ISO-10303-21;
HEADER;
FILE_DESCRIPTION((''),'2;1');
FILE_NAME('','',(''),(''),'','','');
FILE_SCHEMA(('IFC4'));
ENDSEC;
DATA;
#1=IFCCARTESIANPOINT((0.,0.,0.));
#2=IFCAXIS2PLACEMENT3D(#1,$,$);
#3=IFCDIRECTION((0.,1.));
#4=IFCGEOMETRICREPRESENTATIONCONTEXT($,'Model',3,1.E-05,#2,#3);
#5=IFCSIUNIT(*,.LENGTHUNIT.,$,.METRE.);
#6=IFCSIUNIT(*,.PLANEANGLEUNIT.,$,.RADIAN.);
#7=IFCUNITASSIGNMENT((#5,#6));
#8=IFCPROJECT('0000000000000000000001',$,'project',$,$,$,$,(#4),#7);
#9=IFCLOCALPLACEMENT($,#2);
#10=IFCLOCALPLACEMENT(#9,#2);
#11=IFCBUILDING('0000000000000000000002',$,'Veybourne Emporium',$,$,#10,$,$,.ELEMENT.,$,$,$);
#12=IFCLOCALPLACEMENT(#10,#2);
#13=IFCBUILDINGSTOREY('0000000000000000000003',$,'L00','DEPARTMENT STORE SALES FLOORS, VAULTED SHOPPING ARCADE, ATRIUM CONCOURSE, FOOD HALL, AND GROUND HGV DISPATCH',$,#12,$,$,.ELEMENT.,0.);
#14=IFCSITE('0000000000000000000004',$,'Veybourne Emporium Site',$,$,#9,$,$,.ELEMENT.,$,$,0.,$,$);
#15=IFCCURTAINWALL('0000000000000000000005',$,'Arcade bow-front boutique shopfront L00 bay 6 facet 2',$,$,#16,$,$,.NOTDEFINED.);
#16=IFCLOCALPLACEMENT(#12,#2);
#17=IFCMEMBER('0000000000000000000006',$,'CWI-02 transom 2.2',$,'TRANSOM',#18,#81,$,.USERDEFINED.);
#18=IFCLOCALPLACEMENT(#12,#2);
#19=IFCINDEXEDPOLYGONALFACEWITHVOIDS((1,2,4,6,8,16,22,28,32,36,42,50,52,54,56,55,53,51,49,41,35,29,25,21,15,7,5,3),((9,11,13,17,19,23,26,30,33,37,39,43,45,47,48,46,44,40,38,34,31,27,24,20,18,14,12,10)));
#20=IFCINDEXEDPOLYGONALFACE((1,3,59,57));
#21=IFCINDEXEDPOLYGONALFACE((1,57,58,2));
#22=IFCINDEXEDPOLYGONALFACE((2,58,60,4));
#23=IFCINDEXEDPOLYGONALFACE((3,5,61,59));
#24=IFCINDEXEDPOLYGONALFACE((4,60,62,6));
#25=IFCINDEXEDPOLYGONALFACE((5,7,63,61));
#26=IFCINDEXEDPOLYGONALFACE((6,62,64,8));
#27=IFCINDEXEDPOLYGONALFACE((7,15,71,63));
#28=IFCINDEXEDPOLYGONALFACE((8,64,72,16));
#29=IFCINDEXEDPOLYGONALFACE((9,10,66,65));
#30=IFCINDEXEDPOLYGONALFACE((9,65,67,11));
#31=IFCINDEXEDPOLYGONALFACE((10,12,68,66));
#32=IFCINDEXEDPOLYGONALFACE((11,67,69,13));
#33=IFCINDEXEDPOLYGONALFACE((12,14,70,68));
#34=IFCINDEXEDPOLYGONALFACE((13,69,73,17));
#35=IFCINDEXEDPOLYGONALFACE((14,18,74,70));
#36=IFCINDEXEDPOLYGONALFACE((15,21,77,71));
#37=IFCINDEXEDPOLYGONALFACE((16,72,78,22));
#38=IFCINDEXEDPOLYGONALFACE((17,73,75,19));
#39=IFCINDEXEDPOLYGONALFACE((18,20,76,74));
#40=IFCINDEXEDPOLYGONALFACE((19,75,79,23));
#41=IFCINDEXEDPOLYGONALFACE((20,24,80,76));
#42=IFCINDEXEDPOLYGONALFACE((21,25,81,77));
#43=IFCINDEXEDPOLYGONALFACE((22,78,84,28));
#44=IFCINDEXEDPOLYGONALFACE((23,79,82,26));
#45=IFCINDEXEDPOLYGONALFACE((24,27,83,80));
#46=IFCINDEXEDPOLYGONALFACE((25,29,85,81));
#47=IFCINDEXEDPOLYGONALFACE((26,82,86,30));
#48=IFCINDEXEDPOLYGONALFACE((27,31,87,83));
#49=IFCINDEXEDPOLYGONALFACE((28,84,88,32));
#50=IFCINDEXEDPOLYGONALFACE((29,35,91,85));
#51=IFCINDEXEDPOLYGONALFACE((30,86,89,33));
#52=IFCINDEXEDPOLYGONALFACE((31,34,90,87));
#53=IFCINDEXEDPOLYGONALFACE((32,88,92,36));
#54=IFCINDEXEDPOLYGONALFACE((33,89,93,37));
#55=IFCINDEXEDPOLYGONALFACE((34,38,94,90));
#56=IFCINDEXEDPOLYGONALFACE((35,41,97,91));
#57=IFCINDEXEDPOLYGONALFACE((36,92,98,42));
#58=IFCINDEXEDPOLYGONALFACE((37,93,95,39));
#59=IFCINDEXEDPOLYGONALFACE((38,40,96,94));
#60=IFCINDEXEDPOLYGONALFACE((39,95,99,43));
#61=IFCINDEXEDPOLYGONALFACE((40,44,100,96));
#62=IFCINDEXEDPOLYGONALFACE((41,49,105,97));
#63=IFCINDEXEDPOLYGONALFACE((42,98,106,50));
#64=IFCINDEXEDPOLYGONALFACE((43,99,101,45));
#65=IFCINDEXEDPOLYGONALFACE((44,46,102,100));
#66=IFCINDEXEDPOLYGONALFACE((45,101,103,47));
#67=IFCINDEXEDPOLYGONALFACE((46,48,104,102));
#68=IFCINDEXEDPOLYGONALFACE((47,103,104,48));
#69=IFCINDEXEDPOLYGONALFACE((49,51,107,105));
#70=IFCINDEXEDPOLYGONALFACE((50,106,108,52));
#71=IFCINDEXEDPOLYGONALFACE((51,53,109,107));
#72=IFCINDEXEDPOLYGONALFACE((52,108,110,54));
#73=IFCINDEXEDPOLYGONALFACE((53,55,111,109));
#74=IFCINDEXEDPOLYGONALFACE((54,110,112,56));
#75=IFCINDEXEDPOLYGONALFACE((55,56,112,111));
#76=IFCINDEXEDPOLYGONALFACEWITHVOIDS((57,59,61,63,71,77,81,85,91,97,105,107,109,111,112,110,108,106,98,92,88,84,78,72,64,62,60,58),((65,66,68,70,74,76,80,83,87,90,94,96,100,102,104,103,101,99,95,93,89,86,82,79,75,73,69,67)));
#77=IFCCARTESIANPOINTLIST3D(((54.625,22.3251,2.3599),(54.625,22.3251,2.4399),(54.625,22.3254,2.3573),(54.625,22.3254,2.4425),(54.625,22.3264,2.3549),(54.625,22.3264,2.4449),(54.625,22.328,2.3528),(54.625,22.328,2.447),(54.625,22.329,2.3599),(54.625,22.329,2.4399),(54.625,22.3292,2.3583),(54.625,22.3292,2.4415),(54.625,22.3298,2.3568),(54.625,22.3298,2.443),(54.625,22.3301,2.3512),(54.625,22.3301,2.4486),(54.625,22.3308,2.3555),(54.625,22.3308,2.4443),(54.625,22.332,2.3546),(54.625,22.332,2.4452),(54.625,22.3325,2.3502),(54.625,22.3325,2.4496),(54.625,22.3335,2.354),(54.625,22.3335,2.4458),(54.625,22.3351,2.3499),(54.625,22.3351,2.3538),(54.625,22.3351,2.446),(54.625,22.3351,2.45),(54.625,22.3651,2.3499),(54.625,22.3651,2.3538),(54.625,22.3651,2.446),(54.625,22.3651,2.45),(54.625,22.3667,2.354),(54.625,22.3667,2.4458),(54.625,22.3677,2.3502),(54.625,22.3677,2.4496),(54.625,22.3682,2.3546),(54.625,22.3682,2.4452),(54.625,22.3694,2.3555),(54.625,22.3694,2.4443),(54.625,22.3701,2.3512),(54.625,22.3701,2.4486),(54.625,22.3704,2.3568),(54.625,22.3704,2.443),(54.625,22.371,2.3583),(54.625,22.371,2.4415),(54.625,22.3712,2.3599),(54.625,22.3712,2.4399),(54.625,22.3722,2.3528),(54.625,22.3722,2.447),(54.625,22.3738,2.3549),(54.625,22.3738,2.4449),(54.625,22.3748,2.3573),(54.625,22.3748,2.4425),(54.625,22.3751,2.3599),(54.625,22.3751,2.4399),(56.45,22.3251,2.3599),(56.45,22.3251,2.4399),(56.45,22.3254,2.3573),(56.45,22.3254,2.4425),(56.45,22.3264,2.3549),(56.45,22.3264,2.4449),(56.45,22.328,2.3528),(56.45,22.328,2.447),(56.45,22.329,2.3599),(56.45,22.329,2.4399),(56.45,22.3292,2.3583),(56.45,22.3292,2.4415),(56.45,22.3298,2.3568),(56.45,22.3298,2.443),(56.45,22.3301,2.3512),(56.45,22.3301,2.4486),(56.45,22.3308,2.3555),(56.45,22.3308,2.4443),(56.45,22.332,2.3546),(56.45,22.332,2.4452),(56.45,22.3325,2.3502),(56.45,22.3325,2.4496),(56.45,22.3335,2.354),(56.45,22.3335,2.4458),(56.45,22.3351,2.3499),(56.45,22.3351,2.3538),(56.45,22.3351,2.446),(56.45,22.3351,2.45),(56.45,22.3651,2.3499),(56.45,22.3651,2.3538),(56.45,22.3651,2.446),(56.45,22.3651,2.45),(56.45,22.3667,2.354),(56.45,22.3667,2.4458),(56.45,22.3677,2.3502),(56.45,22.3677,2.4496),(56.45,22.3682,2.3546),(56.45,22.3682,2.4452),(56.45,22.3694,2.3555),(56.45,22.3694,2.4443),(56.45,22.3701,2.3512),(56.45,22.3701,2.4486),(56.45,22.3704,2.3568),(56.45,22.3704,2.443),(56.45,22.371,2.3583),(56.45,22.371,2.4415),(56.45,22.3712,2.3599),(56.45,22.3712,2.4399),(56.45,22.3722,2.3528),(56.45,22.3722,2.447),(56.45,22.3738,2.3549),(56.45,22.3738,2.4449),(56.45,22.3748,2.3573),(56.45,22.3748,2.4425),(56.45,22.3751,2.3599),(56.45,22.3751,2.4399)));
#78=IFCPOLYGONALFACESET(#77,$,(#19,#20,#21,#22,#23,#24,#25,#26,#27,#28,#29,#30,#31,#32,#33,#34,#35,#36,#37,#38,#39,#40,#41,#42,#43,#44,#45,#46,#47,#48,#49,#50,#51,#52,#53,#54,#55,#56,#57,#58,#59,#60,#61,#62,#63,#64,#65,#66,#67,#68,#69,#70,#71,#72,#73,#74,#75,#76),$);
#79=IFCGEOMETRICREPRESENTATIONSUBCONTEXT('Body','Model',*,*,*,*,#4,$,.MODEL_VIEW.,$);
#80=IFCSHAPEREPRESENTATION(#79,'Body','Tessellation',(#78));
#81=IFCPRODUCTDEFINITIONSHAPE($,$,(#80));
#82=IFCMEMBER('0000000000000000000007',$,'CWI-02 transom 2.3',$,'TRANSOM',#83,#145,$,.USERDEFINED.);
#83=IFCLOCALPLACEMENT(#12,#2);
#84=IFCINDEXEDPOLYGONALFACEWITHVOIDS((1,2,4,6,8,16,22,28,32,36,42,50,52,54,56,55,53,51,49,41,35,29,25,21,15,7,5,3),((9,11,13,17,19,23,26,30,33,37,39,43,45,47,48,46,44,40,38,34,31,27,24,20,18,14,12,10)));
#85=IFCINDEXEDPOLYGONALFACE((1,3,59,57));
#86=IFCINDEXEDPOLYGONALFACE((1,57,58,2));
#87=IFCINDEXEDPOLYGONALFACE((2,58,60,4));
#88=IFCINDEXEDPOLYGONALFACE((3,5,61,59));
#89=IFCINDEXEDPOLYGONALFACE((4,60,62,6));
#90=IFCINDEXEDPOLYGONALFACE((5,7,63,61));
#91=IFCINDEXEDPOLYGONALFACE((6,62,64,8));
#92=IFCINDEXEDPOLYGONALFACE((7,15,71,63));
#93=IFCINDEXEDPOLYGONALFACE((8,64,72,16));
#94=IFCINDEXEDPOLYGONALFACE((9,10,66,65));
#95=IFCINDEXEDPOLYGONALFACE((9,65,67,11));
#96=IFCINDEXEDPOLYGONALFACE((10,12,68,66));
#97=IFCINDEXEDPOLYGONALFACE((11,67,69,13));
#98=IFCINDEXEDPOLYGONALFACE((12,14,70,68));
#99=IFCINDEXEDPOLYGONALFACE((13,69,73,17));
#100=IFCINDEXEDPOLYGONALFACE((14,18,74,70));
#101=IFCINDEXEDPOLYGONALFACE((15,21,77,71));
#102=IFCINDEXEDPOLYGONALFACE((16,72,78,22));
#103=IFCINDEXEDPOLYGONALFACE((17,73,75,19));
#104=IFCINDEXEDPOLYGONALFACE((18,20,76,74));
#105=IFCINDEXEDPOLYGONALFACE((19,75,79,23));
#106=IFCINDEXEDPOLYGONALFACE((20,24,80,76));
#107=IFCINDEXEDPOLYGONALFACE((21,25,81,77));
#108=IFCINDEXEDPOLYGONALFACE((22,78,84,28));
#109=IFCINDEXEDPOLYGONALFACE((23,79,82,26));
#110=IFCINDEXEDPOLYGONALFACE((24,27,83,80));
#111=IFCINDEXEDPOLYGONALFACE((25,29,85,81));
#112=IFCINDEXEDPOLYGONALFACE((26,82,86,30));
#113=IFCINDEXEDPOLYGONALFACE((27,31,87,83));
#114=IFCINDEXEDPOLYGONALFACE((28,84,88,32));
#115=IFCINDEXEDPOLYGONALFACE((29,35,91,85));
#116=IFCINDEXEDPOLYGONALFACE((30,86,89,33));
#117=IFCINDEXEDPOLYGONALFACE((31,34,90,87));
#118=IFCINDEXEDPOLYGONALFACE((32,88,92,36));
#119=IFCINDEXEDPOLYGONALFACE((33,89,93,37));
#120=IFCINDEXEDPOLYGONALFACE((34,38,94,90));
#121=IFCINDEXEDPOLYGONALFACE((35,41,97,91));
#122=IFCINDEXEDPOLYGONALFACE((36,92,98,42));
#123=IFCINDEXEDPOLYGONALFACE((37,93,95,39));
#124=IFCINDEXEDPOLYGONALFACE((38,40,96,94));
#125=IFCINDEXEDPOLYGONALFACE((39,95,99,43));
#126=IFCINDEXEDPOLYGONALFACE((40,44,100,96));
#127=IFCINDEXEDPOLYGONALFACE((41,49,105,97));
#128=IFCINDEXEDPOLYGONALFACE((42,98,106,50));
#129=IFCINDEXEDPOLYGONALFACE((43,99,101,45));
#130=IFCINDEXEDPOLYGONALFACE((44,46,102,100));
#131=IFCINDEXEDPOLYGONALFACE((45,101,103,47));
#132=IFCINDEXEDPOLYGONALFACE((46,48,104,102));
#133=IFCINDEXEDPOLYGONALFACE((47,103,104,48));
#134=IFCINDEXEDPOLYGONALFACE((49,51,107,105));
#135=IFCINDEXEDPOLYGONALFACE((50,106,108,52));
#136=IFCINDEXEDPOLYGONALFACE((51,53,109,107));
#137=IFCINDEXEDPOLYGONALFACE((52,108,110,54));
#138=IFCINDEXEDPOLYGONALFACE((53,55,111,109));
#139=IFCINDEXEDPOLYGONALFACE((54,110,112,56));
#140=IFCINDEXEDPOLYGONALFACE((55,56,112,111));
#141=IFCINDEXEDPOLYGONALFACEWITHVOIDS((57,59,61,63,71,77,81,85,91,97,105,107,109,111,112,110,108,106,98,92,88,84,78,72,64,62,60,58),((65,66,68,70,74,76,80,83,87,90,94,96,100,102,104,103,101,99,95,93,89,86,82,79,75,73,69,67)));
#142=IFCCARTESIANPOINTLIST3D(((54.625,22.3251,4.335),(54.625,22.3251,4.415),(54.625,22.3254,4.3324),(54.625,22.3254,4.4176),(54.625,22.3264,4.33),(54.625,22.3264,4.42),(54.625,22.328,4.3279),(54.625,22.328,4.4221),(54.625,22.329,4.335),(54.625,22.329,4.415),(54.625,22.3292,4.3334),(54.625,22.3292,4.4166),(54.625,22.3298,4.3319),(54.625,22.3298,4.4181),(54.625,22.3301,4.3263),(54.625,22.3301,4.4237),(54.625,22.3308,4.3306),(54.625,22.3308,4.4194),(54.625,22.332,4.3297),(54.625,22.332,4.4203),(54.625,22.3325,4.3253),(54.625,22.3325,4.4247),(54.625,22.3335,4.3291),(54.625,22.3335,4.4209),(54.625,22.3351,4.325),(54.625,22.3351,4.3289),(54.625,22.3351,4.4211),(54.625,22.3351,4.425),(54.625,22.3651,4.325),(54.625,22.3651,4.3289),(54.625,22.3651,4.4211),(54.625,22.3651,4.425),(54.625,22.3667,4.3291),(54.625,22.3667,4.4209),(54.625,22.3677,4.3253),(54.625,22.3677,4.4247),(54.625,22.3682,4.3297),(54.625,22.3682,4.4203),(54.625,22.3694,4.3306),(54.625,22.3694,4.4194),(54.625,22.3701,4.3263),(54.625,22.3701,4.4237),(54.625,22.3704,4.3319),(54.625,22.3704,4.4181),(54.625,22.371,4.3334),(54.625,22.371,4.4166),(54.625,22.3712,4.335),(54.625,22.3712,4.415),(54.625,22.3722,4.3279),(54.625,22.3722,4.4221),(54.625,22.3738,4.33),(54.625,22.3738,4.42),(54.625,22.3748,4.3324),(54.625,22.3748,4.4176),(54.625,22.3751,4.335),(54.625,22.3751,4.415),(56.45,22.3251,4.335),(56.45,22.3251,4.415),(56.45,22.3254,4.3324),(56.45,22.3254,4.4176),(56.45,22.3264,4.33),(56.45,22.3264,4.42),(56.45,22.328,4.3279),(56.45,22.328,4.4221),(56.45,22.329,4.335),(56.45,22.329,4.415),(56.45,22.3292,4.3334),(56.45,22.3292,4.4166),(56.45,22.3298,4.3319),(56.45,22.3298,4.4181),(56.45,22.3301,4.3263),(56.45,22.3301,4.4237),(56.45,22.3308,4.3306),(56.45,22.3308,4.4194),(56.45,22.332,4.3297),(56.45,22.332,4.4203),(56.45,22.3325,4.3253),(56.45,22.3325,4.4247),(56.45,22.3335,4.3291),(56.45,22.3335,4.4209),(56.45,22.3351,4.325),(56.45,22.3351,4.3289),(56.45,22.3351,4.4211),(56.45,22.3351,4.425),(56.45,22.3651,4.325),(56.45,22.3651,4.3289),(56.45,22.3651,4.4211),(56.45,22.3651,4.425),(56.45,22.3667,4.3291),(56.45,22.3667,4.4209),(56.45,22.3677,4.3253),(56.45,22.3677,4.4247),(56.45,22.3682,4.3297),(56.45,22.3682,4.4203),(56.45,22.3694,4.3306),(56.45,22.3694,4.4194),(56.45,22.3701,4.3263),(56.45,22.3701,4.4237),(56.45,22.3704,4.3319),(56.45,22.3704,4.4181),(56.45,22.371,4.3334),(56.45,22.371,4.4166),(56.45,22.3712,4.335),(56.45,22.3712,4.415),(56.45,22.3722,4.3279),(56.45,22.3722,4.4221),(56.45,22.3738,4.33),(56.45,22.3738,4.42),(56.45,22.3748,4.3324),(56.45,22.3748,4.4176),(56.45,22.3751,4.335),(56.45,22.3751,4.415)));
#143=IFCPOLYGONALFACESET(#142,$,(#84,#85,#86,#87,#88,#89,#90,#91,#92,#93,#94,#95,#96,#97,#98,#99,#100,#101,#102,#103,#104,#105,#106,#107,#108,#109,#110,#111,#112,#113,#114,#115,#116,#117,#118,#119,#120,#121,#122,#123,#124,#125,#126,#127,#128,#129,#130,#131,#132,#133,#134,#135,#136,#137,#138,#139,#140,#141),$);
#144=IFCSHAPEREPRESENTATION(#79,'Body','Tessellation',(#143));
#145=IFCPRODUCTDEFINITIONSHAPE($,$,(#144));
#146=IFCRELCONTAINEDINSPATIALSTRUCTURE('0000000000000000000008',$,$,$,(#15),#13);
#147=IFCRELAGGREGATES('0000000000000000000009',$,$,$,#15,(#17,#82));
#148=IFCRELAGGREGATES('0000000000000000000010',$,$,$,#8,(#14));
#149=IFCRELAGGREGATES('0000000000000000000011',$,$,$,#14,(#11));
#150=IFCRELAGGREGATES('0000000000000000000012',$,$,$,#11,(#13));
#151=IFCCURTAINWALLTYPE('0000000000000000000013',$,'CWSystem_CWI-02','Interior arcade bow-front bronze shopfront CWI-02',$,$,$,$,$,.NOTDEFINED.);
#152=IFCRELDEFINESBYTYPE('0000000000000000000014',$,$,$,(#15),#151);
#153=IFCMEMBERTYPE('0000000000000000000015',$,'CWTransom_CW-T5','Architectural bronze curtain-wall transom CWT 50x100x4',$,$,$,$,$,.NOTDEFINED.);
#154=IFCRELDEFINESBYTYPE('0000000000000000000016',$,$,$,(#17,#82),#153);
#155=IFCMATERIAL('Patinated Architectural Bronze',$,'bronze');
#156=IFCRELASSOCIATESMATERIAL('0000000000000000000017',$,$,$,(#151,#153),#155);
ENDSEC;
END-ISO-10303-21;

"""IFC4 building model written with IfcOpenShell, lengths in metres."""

from ifc_helpers import new_model, si_unit, direction, frame, origin, origin_2d, place, context, subcontext, project, spatial, hollow_rectangle, extrude, material, material_profile, profile_set, type_object, element, aggregate, save


model = new_model("IFC4")

# Units and contexts
model_context = context("Model", 3, precision=1e-05, world=origin(), true_north=direction((0.0, 1.0)))
body_context = subcontext(model_context, "Body", "Model", "MODEL_VIEW")
ifc_project = project(units=[si_unit("LENGTHUNIT", "METRE"), si_unit("PLANEANGLEUNIT", "RADIAN")], contexts=[model_context])

# Site, building, storey
site_placement = place(None, origin())
site = spatial("IfcSite", under=ifc_project, at=site_placement, Name="Veybourne Emporium Site", CompositionType="ELEMENT", RefElevation=0.0)
building_placement = place(site_placement, origin())
building = spatial("IfcBuilding", under=site, at=building_placement, Name="Veybourne Emporium", CompositionType="ELEMENT")
storey_placement = place(building_placement, origin())
storey = spatial("IfcBuildingStorey", under=building, at=storey_placement, Name="L00", Description="DEPARTMENT STORE SALES FLOORS, VAULTED SHOPPING ARCADE, ATRIUM CONCOURSE, FOOD HALL, AND GROUND HGV DISPATCH", CompositionType="ELEMENT", Elevation=0.0)

# Curtain wall
ifc_material_1 = material(Name="Patinated Architectural Bronze", Category="bronze")
curtain_wall_type_1 = type_object("IfcCurtainWallType", Name="CWSystem_CWI-02", Description="Interior arcade bow-front bronze shopfront CWI-02", PredefinedType="NOTDEFINED", material=ifc_material_1)
curtain_wall_1_placement = place(storey_placement, origin())
curtain_wall_1 = element("IfcCurtainWall", 1, at=curtain_wall_1_placement, inside=storey, type_object=curtain_wall_type_1, Name="Arcade bow-front boutique shopfront L00 bay 6 facet 2", PredefinedType="NOTDEFINED")

# Members
ifc_material_profile_1 = material_profile(ifc_material_1, hollow_rectangle(XDim=0.05, YDim=0.1001, WallThickness=0.0039, InnerFilletRadius=0.0061, OuterFilletRadius=0.01, at=origin_2d()), Name="CWT 50x100x4")
ifc_profile_set_1 = profile_set([ifc_material_profile_1], Name="Patinated Architectural Bronze")
member_type_1 = type_object("IfcMemberType", Name="CWTransom_CW-T5", Description="Architectural bronze curtain-wall transom CWT 50x100x4", PredefinedType="NOTDEFINED", material=ifc_profile_set_1)
member_1_placement = place(storey_placement, frame((54.625, 22.3501, 2.3999), z_axis=(1.0, 0.0, 0.0), x_axis=(0.0, 1.0, 0.0)))
member_1 = element("IfcMember", 2, at=member_1_placement, type_object=member_type_1, Name="CWI-02 transom 2.2", ObjectType="TRANSOM", PredefinedType="USERDEFINED", context=body_context, shape_type="SweptSolid", body=[
    extrude(hollow_rectangle(XDim=0.05, YDim=0.1001, WallThickness=0.0039, InnerFilletRadius=0.0061, OuterFilletRadius=0.01, at=origin_2d()), origin(), (0.0, 0.0, 1.0), 1.825),
])
member_2_placement = place(storey_placement, frame((54.625, 22.3501, 4.375), z_axis=(1.0, 0.0, 0.0), x_axis=(0.0, 1.0, 0.0)))
member_2 = element("IfcMember", 3, at=member_2_placement, type_object=member_type_1, Name="CWI-02 transom 2.3", ObjectType="TRANSOM", PredefinedType="USERDEFINED", context=body_context, shape_type="SweptSolid", body=[
    extrude(hollow_rectangle(XDim=0.05, YDim=0.1001, WallThickness=0.0039, InnerFilletRadius=0.0061, OuterFilletRadius=0.01, at=origin_2d()), origin(), (0.0, 0.0, 1.0), 1.825),
])

aggregate(curtain_wall_1, [member_1, member_2])

save(model, "model.ifc")
